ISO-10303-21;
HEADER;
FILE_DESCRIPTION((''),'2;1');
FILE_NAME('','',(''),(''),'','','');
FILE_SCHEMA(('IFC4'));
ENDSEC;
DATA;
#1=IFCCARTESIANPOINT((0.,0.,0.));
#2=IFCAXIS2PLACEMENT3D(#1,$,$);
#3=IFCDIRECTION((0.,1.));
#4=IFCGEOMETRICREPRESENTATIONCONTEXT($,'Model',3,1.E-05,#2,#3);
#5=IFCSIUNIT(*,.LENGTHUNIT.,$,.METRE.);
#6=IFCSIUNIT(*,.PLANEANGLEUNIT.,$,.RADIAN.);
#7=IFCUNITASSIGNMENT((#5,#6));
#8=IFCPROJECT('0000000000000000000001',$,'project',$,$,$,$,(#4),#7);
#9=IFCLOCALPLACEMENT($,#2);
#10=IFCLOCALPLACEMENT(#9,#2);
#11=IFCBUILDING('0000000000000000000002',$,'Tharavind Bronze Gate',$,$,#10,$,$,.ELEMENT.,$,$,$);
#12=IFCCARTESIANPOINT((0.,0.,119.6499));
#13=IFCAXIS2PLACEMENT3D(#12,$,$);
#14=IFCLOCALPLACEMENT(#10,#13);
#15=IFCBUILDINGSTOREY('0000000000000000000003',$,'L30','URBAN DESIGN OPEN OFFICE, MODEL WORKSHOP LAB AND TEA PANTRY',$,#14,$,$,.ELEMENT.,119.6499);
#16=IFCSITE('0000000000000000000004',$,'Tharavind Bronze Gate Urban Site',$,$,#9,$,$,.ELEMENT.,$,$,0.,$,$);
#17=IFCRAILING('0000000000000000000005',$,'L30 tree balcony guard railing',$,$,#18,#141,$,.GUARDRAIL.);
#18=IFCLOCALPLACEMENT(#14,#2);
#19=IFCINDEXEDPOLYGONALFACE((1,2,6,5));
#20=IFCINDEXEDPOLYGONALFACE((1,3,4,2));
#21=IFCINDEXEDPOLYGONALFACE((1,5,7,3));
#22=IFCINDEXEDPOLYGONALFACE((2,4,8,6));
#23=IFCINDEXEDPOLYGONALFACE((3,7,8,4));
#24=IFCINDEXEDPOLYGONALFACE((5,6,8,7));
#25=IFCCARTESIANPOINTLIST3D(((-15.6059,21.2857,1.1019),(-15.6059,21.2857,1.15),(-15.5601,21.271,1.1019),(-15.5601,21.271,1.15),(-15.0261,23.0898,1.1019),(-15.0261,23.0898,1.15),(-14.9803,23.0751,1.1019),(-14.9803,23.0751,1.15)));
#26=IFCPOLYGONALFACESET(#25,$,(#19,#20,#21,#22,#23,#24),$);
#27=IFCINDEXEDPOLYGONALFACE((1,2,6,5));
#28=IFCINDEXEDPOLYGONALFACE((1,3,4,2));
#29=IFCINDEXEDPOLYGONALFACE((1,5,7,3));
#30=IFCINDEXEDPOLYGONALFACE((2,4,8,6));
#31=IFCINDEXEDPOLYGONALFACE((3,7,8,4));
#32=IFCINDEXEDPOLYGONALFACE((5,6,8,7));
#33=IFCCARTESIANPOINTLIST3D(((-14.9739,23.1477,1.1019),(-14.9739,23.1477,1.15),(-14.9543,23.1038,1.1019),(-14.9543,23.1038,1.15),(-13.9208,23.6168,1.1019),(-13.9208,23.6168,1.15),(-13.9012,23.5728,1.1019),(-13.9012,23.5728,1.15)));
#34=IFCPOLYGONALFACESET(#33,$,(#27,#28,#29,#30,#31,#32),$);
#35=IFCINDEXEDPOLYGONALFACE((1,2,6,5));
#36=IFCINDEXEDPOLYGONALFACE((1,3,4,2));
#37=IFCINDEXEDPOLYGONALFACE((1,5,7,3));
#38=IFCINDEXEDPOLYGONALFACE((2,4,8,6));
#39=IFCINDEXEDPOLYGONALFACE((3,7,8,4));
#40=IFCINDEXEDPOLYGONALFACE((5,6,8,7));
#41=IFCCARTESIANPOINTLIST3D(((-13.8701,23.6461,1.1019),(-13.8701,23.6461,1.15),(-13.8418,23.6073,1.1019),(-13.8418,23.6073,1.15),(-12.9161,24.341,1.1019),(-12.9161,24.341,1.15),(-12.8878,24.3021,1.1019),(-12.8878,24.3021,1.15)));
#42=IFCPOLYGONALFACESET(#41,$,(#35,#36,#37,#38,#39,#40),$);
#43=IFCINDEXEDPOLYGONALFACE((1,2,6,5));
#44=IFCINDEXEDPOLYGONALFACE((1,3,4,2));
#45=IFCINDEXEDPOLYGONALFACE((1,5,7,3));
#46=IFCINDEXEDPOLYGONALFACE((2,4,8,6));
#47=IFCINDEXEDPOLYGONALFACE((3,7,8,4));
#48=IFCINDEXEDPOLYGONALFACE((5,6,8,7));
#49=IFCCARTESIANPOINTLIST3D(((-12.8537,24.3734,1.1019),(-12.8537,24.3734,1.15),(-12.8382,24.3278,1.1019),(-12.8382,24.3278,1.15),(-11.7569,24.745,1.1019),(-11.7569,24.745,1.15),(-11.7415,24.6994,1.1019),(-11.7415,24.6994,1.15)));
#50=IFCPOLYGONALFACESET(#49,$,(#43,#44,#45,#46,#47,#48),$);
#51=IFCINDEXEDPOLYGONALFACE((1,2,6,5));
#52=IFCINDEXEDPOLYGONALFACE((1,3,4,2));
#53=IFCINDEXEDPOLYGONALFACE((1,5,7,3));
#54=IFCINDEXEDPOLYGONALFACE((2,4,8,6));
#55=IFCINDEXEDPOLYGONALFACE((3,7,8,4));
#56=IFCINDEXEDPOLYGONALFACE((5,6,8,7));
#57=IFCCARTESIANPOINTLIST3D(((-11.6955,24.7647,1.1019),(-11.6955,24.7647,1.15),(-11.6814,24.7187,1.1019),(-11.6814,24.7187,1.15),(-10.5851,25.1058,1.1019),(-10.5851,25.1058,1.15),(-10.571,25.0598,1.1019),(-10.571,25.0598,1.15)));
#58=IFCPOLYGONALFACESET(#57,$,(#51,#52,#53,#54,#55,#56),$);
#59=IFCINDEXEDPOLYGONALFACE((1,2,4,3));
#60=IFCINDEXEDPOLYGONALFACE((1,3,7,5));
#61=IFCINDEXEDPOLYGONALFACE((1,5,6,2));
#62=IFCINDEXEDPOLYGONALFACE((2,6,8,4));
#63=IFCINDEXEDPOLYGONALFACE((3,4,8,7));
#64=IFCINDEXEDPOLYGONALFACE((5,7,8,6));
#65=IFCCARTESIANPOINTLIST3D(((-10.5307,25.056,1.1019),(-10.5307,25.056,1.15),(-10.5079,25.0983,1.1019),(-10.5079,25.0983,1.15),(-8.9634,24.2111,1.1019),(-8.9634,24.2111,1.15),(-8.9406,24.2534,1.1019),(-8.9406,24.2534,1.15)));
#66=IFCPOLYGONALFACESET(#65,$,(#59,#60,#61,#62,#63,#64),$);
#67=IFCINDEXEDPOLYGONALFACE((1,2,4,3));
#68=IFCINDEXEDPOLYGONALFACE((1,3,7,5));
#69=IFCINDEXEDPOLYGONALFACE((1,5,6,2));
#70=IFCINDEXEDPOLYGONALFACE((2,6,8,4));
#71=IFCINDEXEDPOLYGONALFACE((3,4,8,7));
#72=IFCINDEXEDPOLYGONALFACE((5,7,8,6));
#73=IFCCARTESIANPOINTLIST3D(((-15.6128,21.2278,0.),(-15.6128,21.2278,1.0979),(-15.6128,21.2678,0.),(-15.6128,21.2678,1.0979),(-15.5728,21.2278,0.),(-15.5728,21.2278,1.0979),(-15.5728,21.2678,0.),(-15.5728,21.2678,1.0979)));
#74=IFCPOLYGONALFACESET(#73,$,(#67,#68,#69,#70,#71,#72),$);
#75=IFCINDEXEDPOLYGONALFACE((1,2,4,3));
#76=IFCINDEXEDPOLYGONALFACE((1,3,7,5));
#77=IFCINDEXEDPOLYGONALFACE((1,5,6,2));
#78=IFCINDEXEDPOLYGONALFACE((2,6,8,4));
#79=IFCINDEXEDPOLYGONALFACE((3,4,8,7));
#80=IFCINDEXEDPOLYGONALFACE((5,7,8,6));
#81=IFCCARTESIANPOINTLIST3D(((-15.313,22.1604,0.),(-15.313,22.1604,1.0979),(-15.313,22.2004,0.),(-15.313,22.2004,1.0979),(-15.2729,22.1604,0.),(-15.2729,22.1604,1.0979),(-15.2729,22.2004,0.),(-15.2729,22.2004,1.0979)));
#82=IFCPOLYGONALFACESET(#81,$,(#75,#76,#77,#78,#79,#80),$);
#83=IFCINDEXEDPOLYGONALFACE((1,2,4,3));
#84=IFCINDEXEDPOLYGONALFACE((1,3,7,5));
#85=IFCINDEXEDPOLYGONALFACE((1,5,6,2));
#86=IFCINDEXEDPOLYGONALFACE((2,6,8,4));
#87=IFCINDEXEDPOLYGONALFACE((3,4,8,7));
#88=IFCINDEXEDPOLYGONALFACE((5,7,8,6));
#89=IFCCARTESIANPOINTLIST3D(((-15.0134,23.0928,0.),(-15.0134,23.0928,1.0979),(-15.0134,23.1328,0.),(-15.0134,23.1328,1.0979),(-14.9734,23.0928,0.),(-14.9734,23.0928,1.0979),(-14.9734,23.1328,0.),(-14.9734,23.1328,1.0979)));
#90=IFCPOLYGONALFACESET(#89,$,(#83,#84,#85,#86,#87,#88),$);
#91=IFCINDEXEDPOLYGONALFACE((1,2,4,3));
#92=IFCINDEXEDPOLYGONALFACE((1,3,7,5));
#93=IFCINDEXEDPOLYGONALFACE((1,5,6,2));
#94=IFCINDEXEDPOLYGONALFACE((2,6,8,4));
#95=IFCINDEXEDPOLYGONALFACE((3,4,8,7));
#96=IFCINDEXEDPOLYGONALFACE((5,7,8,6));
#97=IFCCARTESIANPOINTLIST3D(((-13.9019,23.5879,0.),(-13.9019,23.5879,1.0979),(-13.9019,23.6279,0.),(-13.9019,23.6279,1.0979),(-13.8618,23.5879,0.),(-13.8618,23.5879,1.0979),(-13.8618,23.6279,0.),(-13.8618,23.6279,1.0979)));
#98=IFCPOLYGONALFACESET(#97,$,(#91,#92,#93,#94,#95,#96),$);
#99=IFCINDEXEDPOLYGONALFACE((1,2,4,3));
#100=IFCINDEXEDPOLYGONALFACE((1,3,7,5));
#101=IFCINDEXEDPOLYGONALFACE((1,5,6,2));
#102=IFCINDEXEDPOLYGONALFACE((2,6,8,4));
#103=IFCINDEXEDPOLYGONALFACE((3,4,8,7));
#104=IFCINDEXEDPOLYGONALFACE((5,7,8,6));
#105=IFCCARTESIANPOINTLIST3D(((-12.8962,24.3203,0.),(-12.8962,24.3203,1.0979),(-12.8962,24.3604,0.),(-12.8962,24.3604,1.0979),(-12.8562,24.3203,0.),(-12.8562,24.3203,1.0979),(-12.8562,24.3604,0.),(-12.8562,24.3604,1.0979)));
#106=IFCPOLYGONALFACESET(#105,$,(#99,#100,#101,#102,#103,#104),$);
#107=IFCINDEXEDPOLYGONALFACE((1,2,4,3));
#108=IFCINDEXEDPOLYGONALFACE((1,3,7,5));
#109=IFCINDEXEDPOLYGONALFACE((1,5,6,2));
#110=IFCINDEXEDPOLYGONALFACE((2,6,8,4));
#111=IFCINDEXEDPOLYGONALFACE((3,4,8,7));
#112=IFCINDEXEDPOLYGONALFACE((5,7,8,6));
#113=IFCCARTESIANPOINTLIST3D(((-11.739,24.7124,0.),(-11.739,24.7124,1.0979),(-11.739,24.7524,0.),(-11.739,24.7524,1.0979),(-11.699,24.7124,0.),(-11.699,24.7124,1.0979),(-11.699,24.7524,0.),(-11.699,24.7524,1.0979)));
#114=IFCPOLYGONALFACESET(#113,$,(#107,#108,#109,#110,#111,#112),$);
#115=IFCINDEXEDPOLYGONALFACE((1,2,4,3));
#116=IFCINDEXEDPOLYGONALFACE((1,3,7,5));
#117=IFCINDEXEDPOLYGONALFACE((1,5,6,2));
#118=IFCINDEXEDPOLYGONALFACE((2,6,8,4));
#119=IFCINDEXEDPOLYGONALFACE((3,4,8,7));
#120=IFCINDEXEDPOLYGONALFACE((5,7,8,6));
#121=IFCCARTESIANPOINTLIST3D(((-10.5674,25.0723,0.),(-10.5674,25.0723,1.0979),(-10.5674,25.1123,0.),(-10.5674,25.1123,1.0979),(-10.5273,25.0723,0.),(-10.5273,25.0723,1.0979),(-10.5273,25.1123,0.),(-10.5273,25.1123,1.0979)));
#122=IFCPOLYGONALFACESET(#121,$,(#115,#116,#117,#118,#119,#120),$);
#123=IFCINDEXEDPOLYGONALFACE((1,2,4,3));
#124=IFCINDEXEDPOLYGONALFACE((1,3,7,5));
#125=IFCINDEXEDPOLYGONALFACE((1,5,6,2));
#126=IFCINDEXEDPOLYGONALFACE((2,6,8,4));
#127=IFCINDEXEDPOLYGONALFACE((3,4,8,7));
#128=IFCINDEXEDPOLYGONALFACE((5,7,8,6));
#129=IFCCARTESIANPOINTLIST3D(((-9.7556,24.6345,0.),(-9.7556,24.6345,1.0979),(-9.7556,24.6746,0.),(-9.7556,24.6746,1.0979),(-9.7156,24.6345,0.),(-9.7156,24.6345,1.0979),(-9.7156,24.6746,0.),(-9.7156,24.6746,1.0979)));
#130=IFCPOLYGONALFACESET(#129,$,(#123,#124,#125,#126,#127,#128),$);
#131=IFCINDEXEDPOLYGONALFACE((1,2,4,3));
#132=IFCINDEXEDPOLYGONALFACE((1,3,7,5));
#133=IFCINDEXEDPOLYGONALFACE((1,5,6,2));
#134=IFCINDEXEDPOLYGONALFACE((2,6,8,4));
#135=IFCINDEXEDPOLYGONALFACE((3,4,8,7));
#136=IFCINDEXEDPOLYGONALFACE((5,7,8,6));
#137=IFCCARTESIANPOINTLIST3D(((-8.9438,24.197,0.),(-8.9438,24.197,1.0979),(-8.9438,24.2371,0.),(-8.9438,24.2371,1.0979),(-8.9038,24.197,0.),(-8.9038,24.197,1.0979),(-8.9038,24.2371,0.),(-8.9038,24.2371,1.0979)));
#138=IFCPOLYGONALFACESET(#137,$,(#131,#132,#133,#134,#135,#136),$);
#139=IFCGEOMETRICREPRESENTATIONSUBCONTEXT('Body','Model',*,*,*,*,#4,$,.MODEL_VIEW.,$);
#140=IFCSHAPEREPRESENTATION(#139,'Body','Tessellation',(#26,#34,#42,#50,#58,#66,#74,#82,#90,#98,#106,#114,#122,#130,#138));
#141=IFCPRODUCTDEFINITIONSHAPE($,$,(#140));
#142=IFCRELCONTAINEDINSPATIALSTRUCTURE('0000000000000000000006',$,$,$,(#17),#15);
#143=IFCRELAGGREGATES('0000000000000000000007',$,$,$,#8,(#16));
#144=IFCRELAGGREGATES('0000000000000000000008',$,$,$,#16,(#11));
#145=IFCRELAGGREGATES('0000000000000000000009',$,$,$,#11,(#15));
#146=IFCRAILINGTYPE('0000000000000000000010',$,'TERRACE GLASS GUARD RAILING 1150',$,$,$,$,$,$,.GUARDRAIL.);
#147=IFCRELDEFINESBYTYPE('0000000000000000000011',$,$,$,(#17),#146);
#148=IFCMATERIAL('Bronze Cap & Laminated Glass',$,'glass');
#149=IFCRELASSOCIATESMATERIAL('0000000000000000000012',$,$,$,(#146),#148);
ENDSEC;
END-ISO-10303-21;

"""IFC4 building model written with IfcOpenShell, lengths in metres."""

from ifc_helpers import new_model, si_unit, direction, frame, origin, origin_2d, place, context, subcontext, project, spatial, rectangle, extrude, material, type_object, element, save


model = new_model("IFC4")

# Units and contexts
model_context = context("Model", 3, precision=1e-05, world=origin(), true_north=direction((0.0, 1.0)))
body_context = subcontext(model_context, "Body", "Model", "MODEL_VIEW")
ifc_project = project(units=[si_unit("LENGTHUNIT", "METRE"), si_unit("PLANEANGLEUNIT", "RADIAN")], contexts=[model_context])

# Site, building, storey
site_placement = place(None, origin())
site = spatial("IfcSite", under=ifc_project, at=site_placement, Name="Tharavind Bronze Gate Urban Site", CompositionType="ELEMENT", RefElevation=0.0)
building_placement = place(site_placement, origin())
building = spatial("IfcBuilding", under=site, at=building_placement, Name="Tharavind Bronze Gate", CompositionType="ELEMENT")
storey_placement = place(building_placement, frame((0.0, 0.0, 119.6499)))
storey = spatial("IfcBuildingStorey", under=building, at=storey_placement, Name="L30", Description="URBAN DESIGN OPEN OFFICE, MODEL WORKSHOP LAB AND TEA PANTRY", CompositionType="ELEMENT", Elevation=119.6499)

# Railing
ifc_material_1 = material(Name="Bronze Cap & Laminated Glass", Category="glass")
railing_type = type_object("IfcRailingType", Name="TERRACE GLASS GUARD RAILING 1150", PredefinedType="GUARDRAIL", material=ifc_material_1)
railing_placement = place(storey_placement, frame((-15.5928, 21.2478, 0.0)))
element("IfcRailing", 1, at=railing_placement, inside=storey, type_object=railing_type, Name="L30 tree balcony guard railing", PredefinedType="GUARDRAIL", context=body_context, shape_type="SweptSolid", body=[
    extrude(rectangle(XDim=0.0481, YDim=0.0481, at=origin_2d()), frame((0.0098, 0.0305, 1.126), z_axis=(0.305965, 0.952043, 0.0), x_axis=(-0.952043, 0.305965, 0.0)), (0.0, 0.0, 1.0), 1.895),
    extrude(rectangle(XDim=0.0481, YDim=0.0481, at=origin_2d()), frame((0.6287, 1.8779, 1.126), z_axis=(0.91348, 0.406883, 0.0), x_axis=(-0.406883, 0.91348, 0.0)), (0.0, 0.0, 1.0), 1.1528),
    extrude(rectangle(XDim=0.0481, YDim=0.0481, at=origin_2d()), frame((1.7368, 2.3789, 1.126), z_axis=(0.808329, 0.588732, 0.0), x_axis=(-0.588732, 0.808329, 0.0)), (0.0, 0.0, 1.0), 1.1802),
    extrude(rectangle(XDim=0.0481, YDim=0.0481, at=origin_2d()), frame((2.7468, 3.1028, 1.126), z_axis=(0.947113, 0.3209, 0.0), x_axis=(-0.3209, 0.947113, 0.0)), (0.0, 0.0, 1.0), 1.158),
    extrude(rectangle(XDim=0.0481, YDim=0.0481, at=origin_2d()), frame((3.9043, 3.4939, 1.126), z_axis=(0.955925, 0.29361, 0.0), x_axis=(-0.29361, 0.955925, 0.0)), (0.0, 0.0, 1.0), 1.1616),
    extrude(rectangle(XDim=0.0481, YDim=0.0481, at=origin_2d()), frame((5.0735, 3.8293, 1.126), z_axis=(0.880237, -0.474534, 0.0), x_axis=(0.474534, 0.880237, 0.0)), (0.0, 0.0, 1.0), 1.7805),
    extrude(rectangle(XDim=0.04, YDim=0.04, at=origin_2d()), origin(), (0.0, 0.0, 1.0), 1.0979),
    extrude(rectangle(XDim=0.04, YDim=0.04, at=origin_2d()), frame((0.2998, 0.9326, 0.0)), (0.0, 0.0, 1.0), 1.0979),
    extrude(rectangle(XDim=0.04, YDim=0.04, at=origin_2d()), frame((0.5994, 1.865, 0.0)), (0.0, 0.0, 1.0), 1.0979),
    extrude(rectangle(XDim=0.04, YDim=0.04, at=origin_2d()), frame((1.7109, 2.3601, 0.0)), (0.0, 0.0, 1.0), 1.0979),
    extrude(rectangle(XDim=0.04, YDim=0.04, at=origin_2d()), frame((2.7166, 3.0925, 0.0)), (0.0, 0.0, 1.0), 1.0979),
    extrude(rectangle(XDim=0.04, YDim=0.04, at=origin_2d()), frame((3.8738, 3.4846, 0.0)), (0.0, 0.0, 1.0), 1.0979),
    extrude(rectangle(XDim=0.04, YDim=0.04, at=origin_2d()), frame((5.0454, 3.8445, 0.0)), (0.0, 0.0, 1.0), 1.0979),
    extrude(rectangle(XDim=0.04, YDim=0.04, at=origin_2d()), frame((5.8572, 3.4067, 0.0)), (0.0, 0.0, 1.0), 1.0979),
    extrude(rectangle(XDim=0.04, YDim=0.04, at=origin_2d()), frame((6.6689, 2.9692, 0.0)), (0.0, 0.0, 1.0), 1.0979),
])

save(model, "model.ifc")
